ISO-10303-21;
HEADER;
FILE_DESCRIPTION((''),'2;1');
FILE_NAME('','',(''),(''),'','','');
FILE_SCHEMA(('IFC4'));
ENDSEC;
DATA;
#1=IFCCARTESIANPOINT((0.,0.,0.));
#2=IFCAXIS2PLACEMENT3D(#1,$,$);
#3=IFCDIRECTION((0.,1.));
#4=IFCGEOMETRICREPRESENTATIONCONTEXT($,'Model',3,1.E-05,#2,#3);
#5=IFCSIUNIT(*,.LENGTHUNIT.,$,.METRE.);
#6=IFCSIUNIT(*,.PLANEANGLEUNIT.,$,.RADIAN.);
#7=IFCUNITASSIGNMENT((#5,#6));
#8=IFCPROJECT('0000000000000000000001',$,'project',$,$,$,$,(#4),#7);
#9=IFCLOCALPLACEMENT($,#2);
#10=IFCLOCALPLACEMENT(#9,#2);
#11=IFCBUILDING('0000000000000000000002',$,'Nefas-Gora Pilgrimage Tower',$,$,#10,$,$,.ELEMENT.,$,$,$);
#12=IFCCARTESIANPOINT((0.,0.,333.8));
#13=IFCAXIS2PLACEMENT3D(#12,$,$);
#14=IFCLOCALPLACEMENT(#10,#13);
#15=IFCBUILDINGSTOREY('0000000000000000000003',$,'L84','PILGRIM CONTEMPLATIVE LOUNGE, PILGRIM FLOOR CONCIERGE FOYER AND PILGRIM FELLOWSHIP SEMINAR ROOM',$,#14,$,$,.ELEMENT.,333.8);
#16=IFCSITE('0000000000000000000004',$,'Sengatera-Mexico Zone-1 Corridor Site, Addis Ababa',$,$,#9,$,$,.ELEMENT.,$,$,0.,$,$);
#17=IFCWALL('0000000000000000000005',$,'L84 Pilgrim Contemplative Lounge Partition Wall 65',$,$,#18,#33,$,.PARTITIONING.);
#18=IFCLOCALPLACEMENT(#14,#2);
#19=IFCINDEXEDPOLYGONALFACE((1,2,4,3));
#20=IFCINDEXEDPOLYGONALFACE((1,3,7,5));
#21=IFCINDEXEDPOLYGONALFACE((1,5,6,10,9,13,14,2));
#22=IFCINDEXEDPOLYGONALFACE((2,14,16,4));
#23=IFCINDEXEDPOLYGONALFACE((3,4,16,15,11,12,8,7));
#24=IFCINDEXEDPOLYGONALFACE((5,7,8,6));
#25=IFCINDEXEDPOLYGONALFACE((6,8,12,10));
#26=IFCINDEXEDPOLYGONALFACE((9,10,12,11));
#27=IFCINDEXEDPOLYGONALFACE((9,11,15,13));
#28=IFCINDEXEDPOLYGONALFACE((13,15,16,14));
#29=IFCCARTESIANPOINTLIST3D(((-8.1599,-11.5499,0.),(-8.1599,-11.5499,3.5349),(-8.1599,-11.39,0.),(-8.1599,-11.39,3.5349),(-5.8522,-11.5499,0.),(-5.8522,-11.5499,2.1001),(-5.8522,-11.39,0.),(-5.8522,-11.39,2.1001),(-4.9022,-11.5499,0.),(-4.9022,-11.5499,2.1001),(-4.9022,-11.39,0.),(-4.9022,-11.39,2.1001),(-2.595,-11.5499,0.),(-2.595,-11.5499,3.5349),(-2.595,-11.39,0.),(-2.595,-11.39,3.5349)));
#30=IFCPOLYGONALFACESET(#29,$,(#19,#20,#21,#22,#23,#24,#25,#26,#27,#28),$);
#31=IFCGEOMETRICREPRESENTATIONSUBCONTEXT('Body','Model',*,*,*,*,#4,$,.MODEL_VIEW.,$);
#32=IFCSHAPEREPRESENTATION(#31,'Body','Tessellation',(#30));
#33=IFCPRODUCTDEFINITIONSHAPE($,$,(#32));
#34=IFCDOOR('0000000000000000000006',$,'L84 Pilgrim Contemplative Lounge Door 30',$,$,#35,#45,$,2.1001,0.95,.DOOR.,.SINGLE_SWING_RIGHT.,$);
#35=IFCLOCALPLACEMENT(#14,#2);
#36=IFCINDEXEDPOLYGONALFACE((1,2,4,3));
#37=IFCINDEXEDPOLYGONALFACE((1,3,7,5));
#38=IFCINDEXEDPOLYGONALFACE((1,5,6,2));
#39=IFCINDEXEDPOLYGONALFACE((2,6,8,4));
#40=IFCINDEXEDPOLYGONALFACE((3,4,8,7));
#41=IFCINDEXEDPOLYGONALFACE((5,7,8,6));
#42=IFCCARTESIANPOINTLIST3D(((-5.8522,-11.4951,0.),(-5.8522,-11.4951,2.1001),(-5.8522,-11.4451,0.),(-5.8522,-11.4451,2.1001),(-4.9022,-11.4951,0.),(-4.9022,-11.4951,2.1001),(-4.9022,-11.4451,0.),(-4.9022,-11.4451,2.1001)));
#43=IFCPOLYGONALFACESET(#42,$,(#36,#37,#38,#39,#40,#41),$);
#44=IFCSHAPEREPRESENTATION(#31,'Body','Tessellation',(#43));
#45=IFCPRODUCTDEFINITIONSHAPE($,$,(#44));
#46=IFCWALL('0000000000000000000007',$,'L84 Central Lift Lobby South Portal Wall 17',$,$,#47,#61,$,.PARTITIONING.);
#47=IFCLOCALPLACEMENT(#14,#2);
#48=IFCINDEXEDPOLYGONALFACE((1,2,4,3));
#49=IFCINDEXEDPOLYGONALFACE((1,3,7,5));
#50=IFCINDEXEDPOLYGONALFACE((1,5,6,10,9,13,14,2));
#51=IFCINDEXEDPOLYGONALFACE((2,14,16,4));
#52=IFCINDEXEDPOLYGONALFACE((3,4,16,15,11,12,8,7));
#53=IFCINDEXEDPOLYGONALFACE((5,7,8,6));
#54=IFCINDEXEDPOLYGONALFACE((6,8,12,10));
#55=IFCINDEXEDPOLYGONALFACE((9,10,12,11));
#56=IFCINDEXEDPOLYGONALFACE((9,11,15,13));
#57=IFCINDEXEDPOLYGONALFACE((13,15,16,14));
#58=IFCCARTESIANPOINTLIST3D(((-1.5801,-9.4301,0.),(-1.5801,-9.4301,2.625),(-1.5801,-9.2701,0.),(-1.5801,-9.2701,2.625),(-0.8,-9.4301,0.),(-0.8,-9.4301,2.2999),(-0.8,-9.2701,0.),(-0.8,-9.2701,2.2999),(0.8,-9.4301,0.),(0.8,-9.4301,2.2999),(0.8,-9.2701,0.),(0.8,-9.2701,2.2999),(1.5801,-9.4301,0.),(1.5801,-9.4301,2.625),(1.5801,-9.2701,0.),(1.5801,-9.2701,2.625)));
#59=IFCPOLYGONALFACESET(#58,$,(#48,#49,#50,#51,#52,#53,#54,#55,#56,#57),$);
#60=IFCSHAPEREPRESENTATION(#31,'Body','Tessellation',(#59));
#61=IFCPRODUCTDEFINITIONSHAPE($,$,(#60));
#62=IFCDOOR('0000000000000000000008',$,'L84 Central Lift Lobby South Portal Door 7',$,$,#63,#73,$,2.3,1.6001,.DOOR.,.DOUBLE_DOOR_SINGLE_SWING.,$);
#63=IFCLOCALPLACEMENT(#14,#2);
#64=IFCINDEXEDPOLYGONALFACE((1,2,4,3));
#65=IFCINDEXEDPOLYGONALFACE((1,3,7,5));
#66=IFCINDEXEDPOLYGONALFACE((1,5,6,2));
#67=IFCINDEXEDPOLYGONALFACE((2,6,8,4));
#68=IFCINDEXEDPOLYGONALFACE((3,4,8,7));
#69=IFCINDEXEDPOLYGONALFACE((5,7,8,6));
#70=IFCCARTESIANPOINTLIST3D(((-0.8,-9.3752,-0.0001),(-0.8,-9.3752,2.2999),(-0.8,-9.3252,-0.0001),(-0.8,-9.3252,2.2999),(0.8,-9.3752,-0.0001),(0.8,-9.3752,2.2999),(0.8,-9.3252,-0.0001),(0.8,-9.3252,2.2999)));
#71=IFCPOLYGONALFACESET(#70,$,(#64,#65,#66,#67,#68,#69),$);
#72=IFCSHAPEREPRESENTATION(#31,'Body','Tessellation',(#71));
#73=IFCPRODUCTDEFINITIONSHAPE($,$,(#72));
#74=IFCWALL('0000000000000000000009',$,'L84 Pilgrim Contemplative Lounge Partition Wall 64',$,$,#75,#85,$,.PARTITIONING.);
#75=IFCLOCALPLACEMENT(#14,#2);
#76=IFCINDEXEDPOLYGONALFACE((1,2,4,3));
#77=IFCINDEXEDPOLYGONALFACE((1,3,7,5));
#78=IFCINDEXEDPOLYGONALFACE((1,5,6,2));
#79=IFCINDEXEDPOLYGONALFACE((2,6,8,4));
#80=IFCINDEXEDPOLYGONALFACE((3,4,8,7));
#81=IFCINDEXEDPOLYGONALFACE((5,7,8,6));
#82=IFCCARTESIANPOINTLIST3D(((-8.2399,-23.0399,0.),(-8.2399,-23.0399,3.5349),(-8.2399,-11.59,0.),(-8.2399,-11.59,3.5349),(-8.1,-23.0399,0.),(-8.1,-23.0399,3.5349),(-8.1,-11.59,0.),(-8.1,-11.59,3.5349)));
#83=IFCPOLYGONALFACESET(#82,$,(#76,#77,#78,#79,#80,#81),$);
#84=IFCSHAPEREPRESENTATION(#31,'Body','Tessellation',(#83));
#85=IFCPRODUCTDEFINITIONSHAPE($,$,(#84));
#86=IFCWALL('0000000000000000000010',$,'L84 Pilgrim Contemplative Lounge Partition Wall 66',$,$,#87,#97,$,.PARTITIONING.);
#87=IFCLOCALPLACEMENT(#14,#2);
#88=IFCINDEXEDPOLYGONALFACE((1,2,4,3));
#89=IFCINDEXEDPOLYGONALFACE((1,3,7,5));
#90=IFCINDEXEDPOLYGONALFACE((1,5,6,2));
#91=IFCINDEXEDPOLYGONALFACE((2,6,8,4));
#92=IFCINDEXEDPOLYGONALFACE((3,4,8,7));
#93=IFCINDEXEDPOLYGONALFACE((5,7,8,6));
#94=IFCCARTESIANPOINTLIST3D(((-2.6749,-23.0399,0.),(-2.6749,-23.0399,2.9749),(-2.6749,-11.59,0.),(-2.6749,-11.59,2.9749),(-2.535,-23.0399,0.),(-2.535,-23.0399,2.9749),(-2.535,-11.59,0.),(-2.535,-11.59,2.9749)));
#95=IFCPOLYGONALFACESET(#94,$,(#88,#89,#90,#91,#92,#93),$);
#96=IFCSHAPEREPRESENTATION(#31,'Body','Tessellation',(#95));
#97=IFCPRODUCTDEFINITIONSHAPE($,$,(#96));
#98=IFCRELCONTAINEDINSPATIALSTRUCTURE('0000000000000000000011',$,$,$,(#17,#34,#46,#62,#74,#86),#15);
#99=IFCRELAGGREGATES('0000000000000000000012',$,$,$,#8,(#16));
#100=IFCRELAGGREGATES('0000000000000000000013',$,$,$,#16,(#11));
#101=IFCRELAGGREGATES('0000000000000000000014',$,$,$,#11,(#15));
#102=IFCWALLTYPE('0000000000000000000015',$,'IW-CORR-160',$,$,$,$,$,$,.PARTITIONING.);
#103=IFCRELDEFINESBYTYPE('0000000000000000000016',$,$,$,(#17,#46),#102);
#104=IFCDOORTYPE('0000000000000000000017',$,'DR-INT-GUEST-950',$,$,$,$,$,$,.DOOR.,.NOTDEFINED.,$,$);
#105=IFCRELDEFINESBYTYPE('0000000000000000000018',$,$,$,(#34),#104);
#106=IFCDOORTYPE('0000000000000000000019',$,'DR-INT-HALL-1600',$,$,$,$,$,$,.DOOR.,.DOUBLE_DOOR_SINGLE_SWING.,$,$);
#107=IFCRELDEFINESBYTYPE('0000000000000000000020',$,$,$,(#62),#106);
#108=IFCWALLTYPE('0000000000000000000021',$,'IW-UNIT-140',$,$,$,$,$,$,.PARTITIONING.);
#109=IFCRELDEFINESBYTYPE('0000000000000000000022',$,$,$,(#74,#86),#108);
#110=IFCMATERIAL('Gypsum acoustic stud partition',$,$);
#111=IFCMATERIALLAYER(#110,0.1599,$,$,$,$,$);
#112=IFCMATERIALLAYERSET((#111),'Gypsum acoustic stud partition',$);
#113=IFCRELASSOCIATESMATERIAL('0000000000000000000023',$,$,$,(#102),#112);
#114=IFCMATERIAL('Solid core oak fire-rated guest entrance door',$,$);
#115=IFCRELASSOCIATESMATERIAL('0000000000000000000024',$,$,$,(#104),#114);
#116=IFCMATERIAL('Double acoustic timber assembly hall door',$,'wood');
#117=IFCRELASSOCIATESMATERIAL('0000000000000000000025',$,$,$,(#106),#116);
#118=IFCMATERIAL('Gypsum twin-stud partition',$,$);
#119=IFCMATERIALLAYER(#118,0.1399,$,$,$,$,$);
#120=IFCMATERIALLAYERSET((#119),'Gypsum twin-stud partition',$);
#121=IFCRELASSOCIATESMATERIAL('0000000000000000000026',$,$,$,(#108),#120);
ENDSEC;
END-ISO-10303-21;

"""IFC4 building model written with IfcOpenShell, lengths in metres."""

from ifc_helpers import new_model, si_unit, direction, frame, frame_2d, origin, place, context, subcontext, project, spatial, rectangle, extrude, source, transform, mapped, material, layer, layer_set, type_object, element, fill, save


model = new_model("IFC4")

# Units and contexts
model_context = context("Model", 3, precision=1e-05, world=origin(), true_north=direction((0.0, 1.0)))
body_context = subcontext(model_context, "Body", "Model", "MODEL_VIEW")
ifc_project = project(units=[si_unit("LENGTHUNIT", "METRE"), si_unit("PLANEANGLEUNIT", "RADIAN")], contexts=[model_context])

# Site, building, storey
site_placement = place(None, origin())
site = spatial("IfcSite", under=ifc_project, at=site_placement, Name="Sengatera-Mexico Zone-1 Corridor Site, Addis Ababa", CompositionType="ELEMENT", RefElevation=0.0)
building_placement = place(site_placement, origin())
building = spatial("IfcBuilding", under=site, at=building_placement, Name="Nefas-Gora Pilgrimage Tower", CompositionType="ELEMENT")
storey_placement = place(building_placement, frame((0.0, 0.0, 333.8)))
storey = spatial("IfcBuildingStorey", under=building, at=storey_placement, Name="L84", Description="PILGRIM CONTEMPLATIVE LOUNGE, PILGRIM FLOOR CONCIERGE FOYER AND PILGRIM FELLOWSHIP SEMINAR ROOM", CompositionType="ELEMENT", Elevation=333.8)

# Walls, openings, doors
ifc_material_1 = material(Name="Gypsum acoustic stud partition")
ifc_layer_1 = layer(ifc_material_1, 0.1599)
ifc_layer_set_1 = layer_set([ifc_layer_1], Name="Gypsum acoustic stud partition")
wall_type_1 = type_object("IfcWallType", Name="IW-CORR-160", PredefinedType="PARTITIONING", material=ifc_layer_set_1)
ifc_material_2 = material(Name="Solid core oak fire-rated guest entrance door")
door_type_1 = type_object("IfcDoorType", Name="DR-INT-GUEST-950", OperationType="NOTDEFINED", PredefinedType="DOOR", material=ifc_material_2)
shared_shape_1 = source(origin(), body_context, "Body", "SweptSolid", [
    extrude(rectangle(XDim=0.95, YDim=2.1001, at=frame_2d((0.4751, 1.05))), frame((0.0, 0.0249, 0.0), z_axis=(0.0, -1.0, 0.0), x_axis=(1.0, 0.0, 0.0)), (0.0, 0.0, 1.0), 0.05),
])
shared_shape_2 = source(origin(), body_context, "Body", "SweptSolid", [
    extrude(rectangle(XDim=5.5649, YDim=0.1599, at=frame_2d((2.7825, 0.0))), origin(), (0.0, 0.0, 1.0), 3.5349),
])
wall_1_placement = place(storey_placement, frame((-8.1599, -11.47, 0.0), z_axis=(0.0, 0.0, 1.0), x_axis=(1.0, 0.0, 0.0)))
wall_1 = element("IfcWall", 1, at=wall_1_placement, inside=storey, type_object=wall_type_1, Name="L84 Pilgrim Contemplative Lounge Partition Wall 65", PredefinedType="PARTITIONING", context=body_context, shape_type="MappedRepresentation", body=[
    mapped(shared_shape_2, transform((0.0, 0.0, 0.0), x_axis=(1.0, 0.0, 0.0), y_axis=(0.0, 1.0, 0.0), z_axis=(0.0, 0.0, 1.0), scale=1.0)),
])
opening_1_placement = place(wall_1_placement, frame((2.3076, 0.0, 0.0)))
opening_1 = element("IfcOpeningElement", 2, at=opening_1_placement, cuts=wall_1, PredefinedType="OPENING", context=body_context, shape_type="SweptSolid", body=[
    extrude(rectangle(XDim=0.95, YDim=2.1001, at=frame_2d((0.4751, 1.05))), frame((0.0, 0.0898, 0.0), z_axis=(0.0, -1.0, 0.0), x_axis=(1.0, 0.0, 0.0)), (0.0, 0.0, 1.0), 0.1799),
])
door_1_placement = place(opening_1_placement, origin())
door_1 = element("IfcDoor", 3, at=door_1_placement, inside=storey, type_object=door_type_1, Name="L84 Pilgrim Contemplative Lounge Door 30", OperationType="SINGLE_SWING_RIGHT", OverallHeight=2.1001, OverallWidth=0.95, PredefinedType="DOOR", context=body_context, shape_type="MappedRepresentation", body=[
    mapped(shared_shape_1, transform((0.0, 0.0, 0.0), x_axis=(1.0, 0.0, 0.0), y_axis=(0.0, 1.0, 0.0), z_axis=(0.0, 0.0, 1.0), scale=1.0)),
])
fill(opening_1, door_1)
shared_shape_3 = source(origin(), body_context, "Body", "SweptSolid", [
    extrude(rectangle(XDim=3.1602, YDim=0.1599, at=frame_2d((1.5801, 0.0))), origin(), (0.0, 0.0, 1.0), 2.625),
])
wall_2_placement = place(storey_placement, frame((-1.5801, -9.3501, 0.0), z_axis=(0.0, 0.0, 1.0), x_axis=(1.0, 0.0, 0.0)))
wall_2 = element("IfcWall", 4, at=wall_2_placement, inside=storey, type_object=wall_type_1, Name="L84 Central Lift Lobby South Portal Wall 17", PredefinedType="PARTITIONING", context=body_context, shape_type="MappedRepresentation", body=[
    mapped(shared_shape_3, transform((0.0, 0.0, 0.0), x_axis=(1.0, 0.0, 0.0), y_axis=(0.0, 1.0, 0.0), z_axis=(0.0, 0.0, 1.0), scale=1.0)),
])
opening_2_placement = place(wall_2_placement, frame((0.78, 0.0, 0.0)))
opening_2 = element("IfcOpeningElement", 5, at=opening_2_placement, cuts=wall_2, PredefinedType="OPENING", context=body_context, shape_type="SweptSolid", body=[
    extrude(rectangle(XDim=1.6001, YDim=2.3, at=frame_2d((0.8, 1.1499))), frame((0.0, 0.0898, 0.0), z_axis=(0.0, -1.0, 0.0), x_axis=(1.0, 0.0, 0.0)), (0.0, 0.0, 1.0), 0.1799),
])
ifc_material_3 = material(Name="Double acoustic timber assembly hall door", Category="wood")
door_type_2 = type_object("IfcDoorType", Name="DR-INT-HALL-1600", OperationType="DOUBLE_DOOR_SINGLE_SWING", PredefinedType="DOOR", material=ifc_material_3)
shared_shape_4 = source(origin(), body_context, "Body", "SweptSolid", [
    extrude(rectangle(XDim=1.6001, YDim=2.3, at=frame_2d((0.8, 1.1499))), frame((0.0, 0.0249, 0.0), z_axis=(0.0, -1.0, 0.0), x_axis=(1.0, 0.0, 0.0)), (0.0, 0.0, 1.0), 0.05),
])
door_2_placement = place(opening_2_placement, origin())
door_2 = element("IfcDoor", 6, at=door_2_placement, inside=storey, type_object=door_type_2, Name="L84 Central Lift Lobby South Portal Door 7", OperationType="DOUBLE_DOOR_SINGLE_SWING", OverallHeight=2.3, OverallWidth=1.6001, PredefinedType="DOOR", context=body_context, shape_type="MappedRepresentation", body=[
    mapped(shared_shape_4, transform((0.0, 0.0, 0.0), x_axis=(1.0, 0.0, 0.0), y_axis=(0.0, 1.0, 0.0), z_axis=(0.0, 0.0, 1.0), scale=1.0)),
])
fill(opening_2, door_2)

# Walls
ifc_material_4 = material(Name="Gypsum twin-stud partition")
ifc_layer_2 = layer(ifc_material_4, 0.1399)
ifc_layer_set_2 = layer_set([ifc_layer_2], Name="Gypsum twin-stud partition")
wall_type_2 = type_object("IfcWallType", Name="IW-UNIT-140", PredefinedType="PARTITIONING", material=ifc_layer_set_2)
shared_shape_5 = source(origin(), body_context, "Body", "SweptSolid", [
    extrude(rectangle(XDim=11.45, YDim=0.1399, at=frame_2d((5.7251, 0.0))), origin(), (0.0, 0.0, 1.0), 3.5349),
])
wall_3_placement = place(storey_placement, frame((-8.1699, -23.04, 0.0), z_axis=(0.0, 0.0, 1.0), x_axis=(0.0, 1.0, 0.0)))
element("IfcWall", 7, at=wall_3_placement, inside=storey, type_object=wall_type_2, Name="L84 Pilgrim Contemplative Lounge Partition Wall 64", PredefinedType="PARTITIONING", context=body_context, shape_type="MappedRepresentation", body=[
    mapped(shared_shape_5, transform((0.0, 0.0, 0.0), x_axis=(1.0, 0.0, 0.0), y_axis=(0.0, 1.0, 0.0), z_axis=(0.0, 0.0, 1.0), scale=1.0)),
])
shared_shape_6 = source(origin(), body_context, "Body", "SweptSolid", [
    extrude(rectangle(XDim=11.45, YDim=0.1399, at=frame_2d((5.7251, 0.0))), origin(), (0.0, 0.0, 1.0), 2.9749),
])
wall_4_placement = place(storey_placement, frame((-2.605, -23.04, 0.0), z_axis=(0.0, 0.0, 1.0), x_axis=(0.0, 1.0, 0.0)))
element("IfcWall", 8, at=wall_4_placement, inside=storey, type_object=wall_type_2, Name="L84 Pilgrim Contemplative Lounge Partition Wall 66", PredefinedType="PARTITIONING", context=body_context, shape_type="MappedRepresentation", body=[
    mapped(shared_shape_6, transform((0.0, 0.0, 0.0), x_axis=(1.0, 0.0, 0.0), y_axis=(0.0, 1.0, 0.0), z_axis=(0.0, 0.0, 1.0), scale=1.0)),
])

save(model, "model.ifc")
